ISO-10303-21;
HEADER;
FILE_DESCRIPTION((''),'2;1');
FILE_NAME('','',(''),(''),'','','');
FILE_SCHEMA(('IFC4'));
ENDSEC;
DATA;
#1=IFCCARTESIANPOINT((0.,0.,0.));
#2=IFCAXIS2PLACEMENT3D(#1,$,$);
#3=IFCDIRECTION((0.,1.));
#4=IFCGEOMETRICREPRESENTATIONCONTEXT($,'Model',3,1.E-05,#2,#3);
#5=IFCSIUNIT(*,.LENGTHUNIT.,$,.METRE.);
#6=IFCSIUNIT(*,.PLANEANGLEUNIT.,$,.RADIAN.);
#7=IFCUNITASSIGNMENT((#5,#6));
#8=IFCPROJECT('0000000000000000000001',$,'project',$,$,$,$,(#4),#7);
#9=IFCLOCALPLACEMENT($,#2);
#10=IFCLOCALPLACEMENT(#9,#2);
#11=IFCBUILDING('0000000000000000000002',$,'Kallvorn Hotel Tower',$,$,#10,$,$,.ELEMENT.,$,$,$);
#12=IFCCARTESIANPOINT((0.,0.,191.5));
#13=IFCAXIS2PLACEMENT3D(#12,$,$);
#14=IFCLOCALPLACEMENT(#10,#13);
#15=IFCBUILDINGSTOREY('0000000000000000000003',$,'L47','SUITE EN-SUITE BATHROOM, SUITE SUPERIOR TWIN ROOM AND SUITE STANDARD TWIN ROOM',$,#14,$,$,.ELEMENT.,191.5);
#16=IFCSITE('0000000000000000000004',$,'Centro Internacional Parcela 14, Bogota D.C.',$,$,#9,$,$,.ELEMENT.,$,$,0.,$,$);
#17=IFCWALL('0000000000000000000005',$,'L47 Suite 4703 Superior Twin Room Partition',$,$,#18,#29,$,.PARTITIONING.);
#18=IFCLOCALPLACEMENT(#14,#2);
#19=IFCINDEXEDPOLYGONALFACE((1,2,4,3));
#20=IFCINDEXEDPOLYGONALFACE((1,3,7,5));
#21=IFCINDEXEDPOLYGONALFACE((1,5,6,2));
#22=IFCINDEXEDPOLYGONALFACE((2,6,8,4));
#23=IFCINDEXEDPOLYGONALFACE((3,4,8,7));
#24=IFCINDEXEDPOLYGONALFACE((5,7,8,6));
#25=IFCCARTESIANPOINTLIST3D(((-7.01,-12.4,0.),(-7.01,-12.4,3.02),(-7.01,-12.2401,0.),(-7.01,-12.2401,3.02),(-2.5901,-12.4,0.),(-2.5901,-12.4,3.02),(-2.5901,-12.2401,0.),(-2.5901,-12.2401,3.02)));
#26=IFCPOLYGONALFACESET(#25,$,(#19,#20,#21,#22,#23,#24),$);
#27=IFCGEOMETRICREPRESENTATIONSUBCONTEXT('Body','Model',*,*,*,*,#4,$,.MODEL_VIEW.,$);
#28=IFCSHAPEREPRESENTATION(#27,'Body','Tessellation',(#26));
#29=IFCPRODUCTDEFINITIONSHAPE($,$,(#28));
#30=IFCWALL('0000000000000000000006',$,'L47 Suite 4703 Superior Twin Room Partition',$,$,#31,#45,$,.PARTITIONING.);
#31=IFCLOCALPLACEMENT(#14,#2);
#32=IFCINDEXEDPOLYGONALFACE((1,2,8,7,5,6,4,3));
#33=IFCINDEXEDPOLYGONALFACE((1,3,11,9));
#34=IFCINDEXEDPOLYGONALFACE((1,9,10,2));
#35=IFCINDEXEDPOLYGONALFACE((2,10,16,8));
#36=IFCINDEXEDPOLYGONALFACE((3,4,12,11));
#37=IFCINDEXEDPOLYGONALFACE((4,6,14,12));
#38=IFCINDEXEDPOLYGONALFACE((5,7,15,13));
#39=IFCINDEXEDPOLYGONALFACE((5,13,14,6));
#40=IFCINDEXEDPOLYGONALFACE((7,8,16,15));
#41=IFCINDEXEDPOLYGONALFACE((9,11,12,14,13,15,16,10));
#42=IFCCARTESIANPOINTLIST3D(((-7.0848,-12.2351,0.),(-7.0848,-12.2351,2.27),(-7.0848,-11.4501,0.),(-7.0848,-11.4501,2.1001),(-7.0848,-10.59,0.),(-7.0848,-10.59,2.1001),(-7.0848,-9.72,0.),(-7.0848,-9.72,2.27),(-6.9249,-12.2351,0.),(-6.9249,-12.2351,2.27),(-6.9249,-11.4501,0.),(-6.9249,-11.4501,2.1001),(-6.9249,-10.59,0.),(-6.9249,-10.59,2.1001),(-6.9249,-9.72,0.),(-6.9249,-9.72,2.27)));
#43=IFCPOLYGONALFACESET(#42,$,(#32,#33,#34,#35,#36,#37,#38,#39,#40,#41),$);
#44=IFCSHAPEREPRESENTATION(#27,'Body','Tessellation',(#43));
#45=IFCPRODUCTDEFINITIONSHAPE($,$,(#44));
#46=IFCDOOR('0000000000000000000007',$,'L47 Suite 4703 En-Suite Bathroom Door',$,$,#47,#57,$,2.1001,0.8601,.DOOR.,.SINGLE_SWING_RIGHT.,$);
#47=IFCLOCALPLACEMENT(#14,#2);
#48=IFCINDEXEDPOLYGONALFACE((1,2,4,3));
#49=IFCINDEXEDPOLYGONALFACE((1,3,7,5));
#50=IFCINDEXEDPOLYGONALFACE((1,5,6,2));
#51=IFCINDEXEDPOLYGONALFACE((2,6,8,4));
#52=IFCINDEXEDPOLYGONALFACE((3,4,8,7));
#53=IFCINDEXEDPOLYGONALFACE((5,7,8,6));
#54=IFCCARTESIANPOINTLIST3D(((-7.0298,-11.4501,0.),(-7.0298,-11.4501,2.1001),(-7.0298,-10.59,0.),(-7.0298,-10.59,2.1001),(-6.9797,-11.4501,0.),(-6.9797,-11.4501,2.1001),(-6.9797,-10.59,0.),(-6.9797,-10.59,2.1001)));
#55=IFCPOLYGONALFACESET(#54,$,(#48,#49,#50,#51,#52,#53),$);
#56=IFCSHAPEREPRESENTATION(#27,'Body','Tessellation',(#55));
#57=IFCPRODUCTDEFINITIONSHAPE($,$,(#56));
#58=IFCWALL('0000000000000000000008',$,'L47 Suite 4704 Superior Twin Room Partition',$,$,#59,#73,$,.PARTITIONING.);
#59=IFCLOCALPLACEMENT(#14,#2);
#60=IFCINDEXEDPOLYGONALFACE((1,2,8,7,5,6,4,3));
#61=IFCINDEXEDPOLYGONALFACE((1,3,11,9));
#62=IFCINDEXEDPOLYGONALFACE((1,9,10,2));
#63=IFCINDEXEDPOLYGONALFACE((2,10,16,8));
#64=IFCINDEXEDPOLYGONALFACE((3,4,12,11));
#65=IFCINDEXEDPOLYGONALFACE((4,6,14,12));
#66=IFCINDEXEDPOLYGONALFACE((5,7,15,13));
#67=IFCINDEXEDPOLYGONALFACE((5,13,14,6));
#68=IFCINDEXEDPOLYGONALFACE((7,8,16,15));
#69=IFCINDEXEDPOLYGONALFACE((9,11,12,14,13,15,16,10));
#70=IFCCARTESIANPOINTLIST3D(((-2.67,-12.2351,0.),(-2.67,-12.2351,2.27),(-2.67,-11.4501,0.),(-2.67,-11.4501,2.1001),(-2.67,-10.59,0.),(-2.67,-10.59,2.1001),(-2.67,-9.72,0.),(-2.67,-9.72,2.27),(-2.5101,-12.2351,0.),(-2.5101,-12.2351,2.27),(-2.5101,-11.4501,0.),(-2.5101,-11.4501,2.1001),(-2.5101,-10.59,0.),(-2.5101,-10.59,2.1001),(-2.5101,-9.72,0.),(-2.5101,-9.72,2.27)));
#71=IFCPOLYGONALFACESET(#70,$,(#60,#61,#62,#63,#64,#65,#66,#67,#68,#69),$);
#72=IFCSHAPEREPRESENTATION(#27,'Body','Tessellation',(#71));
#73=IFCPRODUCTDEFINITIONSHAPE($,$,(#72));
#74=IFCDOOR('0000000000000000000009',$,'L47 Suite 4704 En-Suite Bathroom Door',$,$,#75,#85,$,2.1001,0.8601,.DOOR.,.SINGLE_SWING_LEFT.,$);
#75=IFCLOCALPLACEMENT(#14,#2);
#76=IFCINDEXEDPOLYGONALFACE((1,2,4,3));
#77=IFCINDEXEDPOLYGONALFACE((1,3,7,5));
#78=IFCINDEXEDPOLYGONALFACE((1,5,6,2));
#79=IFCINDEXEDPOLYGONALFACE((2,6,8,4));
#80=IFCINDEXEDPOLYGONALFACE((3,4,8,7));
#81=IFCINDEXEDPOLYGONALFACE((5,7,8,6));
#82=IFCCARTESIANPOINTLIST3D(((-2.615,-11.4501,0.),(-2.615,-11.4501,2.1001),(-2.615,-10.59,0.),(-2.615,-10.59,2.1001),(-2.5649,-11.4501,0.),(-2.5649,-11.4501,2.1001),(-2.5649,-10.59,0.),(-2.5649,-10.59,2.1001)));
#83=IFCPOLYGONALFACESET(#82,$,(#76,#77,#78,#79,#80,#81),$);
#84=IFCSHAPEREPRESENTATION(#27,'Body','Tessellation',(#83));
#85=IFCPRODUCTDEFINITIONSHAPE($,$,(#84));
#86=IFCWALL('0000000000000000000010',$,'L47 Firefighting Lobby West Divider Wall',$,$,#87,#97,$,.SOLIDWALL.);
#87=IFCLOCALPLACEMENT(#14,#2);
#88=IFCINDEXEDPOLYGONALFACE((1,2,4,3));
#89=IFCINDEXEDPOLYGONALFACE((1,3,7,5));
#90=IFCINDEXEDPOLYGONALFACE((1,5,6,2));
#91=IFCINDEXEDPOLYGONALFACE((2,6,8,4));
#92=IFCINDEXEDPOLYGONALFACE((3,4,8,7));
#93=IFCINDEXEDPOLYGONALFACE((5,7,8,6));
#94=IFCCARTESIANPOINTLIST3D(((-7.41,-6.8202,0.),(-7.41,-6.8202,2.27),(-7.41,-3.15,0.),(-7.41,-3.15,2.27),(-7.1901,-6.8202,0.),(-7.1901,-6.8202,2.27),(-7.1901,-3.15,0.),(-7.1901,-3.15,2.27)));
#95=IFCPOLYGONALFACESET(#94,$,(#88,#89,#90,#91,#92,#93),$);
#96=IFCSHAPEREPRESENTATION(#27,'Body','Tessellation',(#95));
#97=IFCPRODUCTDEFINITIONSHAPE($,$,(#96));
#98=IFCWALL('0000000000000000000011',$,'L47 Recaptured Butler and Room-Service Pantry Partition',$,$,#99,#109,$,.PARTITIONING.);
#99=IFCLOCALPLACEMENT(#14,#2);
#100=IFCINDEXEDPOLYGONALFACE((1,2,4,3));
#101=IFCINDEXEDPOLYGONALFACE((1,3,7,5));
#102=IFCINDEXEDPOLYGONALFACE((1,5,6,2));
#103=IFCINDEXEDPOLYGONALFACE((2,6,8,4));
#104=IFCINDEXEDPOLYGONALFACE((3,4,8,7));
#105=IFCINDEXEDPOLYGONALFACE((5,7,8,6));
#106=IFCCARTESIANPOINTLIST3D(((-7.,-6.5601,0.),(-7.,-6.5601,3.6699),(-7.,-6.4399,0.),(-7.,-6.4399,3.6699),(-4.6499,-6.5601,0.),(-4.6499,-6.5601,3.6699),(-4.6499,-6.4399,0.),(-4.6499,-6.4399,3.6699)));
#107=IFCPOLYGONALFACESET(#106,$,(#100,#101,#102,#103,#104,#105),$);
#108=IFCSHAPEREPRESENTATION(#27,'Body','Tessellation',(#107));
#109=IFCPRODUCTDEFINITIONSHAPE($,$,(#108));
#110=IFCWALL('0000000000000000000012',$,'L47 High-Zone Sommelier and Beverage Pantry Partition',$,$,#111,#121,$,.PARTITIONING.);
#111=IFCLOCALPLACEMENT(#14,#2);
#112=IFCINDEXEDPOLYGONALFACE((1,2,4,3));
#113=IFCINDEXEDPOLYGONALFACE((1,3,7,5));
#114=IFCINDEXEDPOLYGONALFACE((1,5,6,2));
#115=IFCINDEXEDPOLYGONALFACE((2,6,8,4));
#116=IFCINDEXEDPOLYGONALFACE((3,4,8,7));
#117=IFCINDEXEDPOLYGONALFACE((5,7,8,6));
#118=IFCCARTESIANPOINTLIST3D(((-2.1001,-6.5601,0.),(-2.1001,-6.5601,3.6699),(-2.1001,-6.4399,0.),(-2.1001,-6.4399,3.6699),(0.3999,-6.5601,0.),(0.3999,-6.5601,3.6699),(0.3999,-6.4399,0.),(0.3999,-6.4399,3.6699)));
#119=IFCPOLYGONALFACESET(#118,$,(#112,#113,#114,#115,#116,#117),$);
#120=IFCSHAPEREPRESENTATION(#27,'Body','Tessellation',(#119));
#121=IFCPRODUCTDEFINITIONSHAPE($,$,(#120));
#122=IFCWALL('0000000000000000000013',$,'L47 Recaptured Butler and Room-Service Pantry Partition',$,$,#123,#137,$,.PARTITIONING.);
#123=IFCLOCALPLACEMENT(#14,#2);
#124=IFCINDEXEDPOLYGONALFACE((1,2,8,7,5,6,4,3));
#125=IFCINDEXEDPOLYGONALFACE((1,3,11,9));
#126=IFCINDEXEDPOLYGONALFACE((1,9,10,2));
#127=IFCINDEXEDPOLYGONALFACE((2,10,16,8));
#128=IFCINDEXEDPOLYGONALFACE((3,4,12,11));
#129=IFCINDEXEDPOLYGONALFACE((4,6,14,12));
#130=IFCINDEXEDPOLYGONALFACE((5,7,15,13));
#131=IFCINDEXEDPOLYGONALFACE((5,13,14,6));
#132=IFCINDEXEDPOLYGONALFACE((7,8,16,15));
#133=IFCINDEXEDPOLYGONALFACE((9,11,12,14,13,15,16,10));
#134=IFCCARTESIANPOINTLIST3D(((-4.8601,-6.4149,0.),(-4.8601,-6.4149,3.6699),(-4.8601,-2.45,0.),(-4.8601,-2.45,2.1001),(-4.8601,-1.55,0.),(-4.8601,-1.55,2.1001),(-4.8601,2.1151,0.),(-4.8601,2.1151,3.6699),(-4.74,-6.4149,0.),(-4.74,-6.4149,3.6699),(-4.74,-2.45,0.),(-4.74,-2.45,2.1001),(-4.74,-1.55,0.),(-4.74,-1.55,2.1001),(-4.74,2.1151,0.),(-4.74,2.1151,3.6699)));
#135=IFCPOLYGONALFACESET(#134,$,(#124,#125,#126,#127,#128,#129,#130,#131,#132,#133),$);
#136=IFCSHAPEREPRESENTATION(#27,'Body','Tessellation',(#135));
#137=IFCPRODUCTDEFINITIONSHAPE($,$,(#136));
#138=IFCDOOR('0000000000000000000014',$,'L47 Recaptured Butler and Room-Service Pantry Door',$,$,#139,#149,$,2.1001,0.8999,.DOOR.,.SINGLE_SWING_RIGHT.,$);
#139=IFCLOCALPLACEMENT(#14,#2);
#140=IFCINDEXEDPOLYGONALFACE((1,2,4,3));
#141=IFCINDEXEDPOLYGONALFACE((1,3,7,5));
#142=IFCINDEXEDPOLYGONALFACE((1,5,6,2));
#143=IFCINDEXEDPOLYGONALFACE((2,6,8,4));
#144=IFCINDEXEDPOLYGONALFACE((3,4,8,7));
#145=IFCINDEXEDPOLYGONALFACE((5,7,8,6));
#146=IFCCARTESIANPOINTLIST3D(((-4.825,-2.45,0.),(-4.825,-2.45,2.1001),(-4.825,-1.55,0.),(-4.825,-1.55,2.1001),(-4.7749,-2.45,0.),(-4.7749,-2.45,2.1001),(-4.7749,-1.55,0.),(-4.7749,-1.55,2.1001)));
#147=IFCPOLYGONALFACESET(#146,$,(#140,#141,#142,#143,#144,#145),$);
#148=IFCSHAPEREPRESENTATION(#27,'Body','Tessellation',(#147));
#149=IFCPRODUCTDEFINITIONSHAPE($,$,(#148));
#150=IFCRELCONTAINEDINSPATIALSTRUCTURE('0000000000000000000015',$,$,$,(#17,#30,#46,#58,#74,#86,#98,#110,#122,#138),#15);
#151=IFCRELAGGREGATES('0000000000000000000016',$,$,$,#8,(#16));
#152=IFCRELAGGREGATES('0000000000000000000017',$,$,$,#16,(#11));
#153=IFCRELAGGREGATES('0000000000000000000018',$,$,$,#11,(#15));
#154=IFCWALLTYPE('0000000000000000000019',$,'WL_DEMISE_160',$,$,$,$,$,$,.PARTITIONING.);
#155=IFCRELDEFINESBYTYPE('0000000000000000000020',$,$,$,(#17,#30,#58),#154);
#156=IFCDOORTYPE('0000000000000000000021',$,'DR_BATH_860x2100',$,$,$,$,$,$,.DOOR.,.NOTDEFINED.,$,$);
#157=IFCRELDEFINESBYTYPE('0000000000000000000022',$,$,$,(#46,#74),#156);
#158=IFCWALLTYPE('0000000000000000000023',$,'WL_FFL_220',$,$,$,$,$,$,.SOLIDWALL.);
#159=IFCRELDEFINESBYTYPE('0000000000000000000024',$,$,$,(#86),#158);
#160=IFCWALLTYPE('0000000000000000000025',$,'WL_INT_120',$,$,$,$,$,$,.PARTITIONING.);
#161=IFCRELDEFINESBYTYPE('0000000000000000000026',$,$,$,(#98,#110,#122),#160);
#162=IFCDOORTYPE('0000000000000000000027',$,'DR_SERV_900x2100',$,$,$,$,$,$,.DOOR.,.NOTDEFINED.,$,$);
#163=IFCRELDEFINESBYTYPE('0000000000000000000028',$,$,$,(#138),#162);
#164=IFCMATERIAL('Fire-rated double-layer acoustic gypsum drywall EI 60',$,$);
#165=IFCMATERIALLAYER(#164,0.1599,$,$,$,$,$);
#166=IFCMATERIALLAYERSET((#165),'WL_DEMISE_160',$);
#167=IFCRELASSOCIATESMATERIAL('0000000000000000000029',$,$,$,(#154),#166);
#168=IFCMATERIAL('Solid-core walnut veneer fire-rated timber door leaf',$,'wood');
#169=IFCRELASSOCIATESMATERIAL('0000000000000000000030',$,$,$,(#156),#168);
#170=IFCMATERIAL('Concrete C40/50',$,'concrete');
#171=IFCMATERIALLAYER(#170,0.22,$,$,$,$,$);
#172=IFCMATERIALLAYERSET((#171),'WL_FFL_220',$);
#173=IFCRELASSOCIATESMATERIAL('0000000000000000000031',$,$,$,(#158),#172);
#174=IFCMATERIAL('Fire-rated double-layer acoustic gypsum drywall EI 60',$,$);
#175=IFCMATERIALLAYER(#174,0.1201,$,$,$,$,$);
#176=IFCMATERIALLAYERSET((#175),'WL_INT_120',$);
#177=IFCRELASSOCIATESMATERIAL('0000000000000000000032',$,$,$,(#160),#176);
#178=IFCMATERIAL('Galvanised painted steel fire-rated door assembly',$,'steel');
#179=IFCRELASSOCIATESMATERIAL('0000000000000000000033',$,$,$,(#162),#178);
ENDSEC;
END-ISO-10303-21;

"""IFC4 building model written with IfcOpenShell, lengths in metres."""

from ifc_helpers import new_model, si_unit, direction, frame, frame_2d, origin, place, context, subcontext, project, spatial, rectangle, extrude, material, layer, layer_set, type_object, element, fill, save


model = new_model("IFC4")

# Units and contexts
model_context = context("Model", 3, precision=1e-05, world=origin(), true_north=direction((0.0, 1.0)))
body_context = subcontext(model_context, "Body", "Model", "MODEL_VIEW")
ifc_project = project(units=[si_unit("LENGTHUNIT", "METRE"), si_unit("PLANEANGLEUNIT", "RADIAN")], contexts=[model_context])

# Site, building, storey
site_placement = place(None, origin())
site = spatial("IfcSite", under=ifc_project, at=site_placement, Name="Centro Internacional Parcela 14, Bogota D.C.", CompositionType="ELEMENT", RefElevation=0.0)
building_placement = place(site_placement, origin())
building = spatial("IfcBuilding", under=site, at=building_placement, Name="Kallvorn Hotel Tower", CompositionType="ELEMENT")
storey_placement = place(building_placement, frame((0.0, 0.0, 191.5)))
storey = spatial("IfcBuildingStorey", under=building, at=storey_placement, Name="L47", Description="SUITE EN-SUITE BATHROOM, SUITE SUPERIOR TWIN ROOM AND SUITE STANDARD TWIN ROOM", CompositionType="ELEMENT", Elevation=191.5)

# Wall
ifc_material_1 = material(Name="Fire-rated double-layer acoustic gypsum drywall EI 60")
ifc_layer_1 = layer(ifc_material_1, 0.1599)
ifc_layer_set_1 = layer_set([ifc_layer_1], Name="WL_DEMISE_160")
wall_type_1 = type_object("IfcWallType", Name="WL_DEMISE_160", PredefinedType="PARTITIONING", material=ifc_layer_set_1)
wall_1_placement = place(storey_placement, frame((-7.01, -12.3201, 0.0), z_axis=(0.0, 0.0, 1.0), x_axis=(1.0, 0.0, 0.0)))
element("IfcWall", 1, at=wall_1_placement, inside=storey, type_object=wall_type_1, Name="L47 Suite 4703 Superior Twin Room Partition", PredefinedType="PARTITIONING", context=body_context, shape_type="SweptSolid", body=[
    extrude(rectangle(XDim=4.4199, YDim=0.1599, at=frame_2d((2.21, 0.0))), origin(), (0.0, 0.0, 1.0), 3.02),
])

# Walls, openings, doors
wall_2_placement = place(storey_placement, frame((-7.0049, -12.2351, 0.0), z_axis=(0.0, 0.0, 1.0), x_axis=(0.0, 1.0, 0.0)))
wall_2 = element("IfcWall", 2, at=wall_2_placement, inside=storey, type_object=wall_type_1, Name="L47 Suite 4703 Superior Twin Room Partition", PredefinedType="PARTITIONING", context=body_context, shape_type="SweptSolid", body=[
    extrude(rectangle(XDim=2.5151, YDim=0.1599, at=frame_2d((1.2576, 0.0))), origin(), (0.0, 0.0, 1.0), 2.27),
])
opening_1_placement = place(wall_2_placement, frame((0.7849, 0.0, 0.0)))
opening_1 = element("IfcOpeningElement", 3, at=opening_1_placement, cuts=wall_2, PredefinedType="OPENING", context=body_context, shape_type="SweptSolid", body=[
    extrude(rectangle(XDim=0.8601, YDim=2.1001, at=frame_2d((0.4302, 1.05))), frame((0.0, 0.095, 0.0), z_axis=(0.0, -1.0, 0.0), x_axis=(1.0, 0.0, 0.0)), (0.0, 0.0, 1.0), 0.1899),
])
ifc_material_2 = material(Name="Solid-core walnut veneer fire-rated timber door leaf", Category="wood")
door_type_1 = type_object("IfcDoorType", Name="DR_BATH_860x2100", OperationType="NOTDEFINED", PredefinedType="DOOR", material=ifc_material_2)
door_1_placement = place(opening_1_placement, origin())
door_1 = element("IfcDoor", 4, at=door_1_placement, inside=storey, type_object=door_type_1, Name="L47 Suite 4703 En-Suite Bathroom Door", OperationType="SINGLE_SWING_RIGHT", OverallHeight=2.1001, OverallWidth=0.8601, PredefinedType="DOOR", context=body_context, shape_type="SweptSolid", body=[
    extrude(rectangle(XDim=0.8601, YDim=2.1001, at=frame_2d((0.4302, 1.05))), frame((0.0, 0.0249, 0.0), z_axis=(0.0, -1.0, 0.0), x_axis=(1.0, 0.0, 0.0)), (0.0, 0.0, 1.0), 0.05),
])
fill(opening_1, door_1)
wall_3_placement = place(storey_placement, frame((-2.5901, -12.2351, 0.0), z_axis=(0.0, 0.0, 1.0), x_axis=(0.0, 1.0, 0.0)))
wall_3 = element("IfcWall", 5, at=wall_3_placement, inside=storey, type_object=wall_type_1, Name="L47 Suite 4704 Superior Twin Room Partition", PredefinedType="PARTITIONING", context=body_context, shape_type="SweptSolid", body=[
    extrude(rectangle(XDim=2.5151, YDim=0.1599, at=frame_2d((1.2576, 0.0))), origin(), (0.0, 0.0, 1.0), 2.27),
])
opening_2_placement = place(wall_3_placement, frame((0.7849, 0.0, 0.0)))
opening_2 = element("IfcOpeningElement", 6, at=opening_2_placement, cuts=wall_3, PredefinedType="OPENING", context=body_context, shape_type="SweptSolid", body=[
    extrude(rectangle(XDim=0.8601, YDim=2.1001, at=frame_2d((0.4302, 1.05))), frame((0.0, 0.095, 0.0), z_axis=(0.0, -1.0, 0.0), x_axis=(1.0, 0.0, 0.0)), (0.0, 0.0, 1.0), 0.1899),
])
door_2_placement = place(opening_2_placement, origin())
door_2 = element("IfcDoor", 7, at=door_2_placement, inside=storey, type_object=door_type_1, Name="L47 Suite 4704 En-Suite Bathroom Door", OperationType="SINGLE_SWING_LEFT", OverallHeight=2.1001, OverallWidth=0.8601, PredefinedType="DOOR", context=body_context, shape_type="SweptSolid", body=[
    extrude(rectangle(XDim=0.8601, YDim=2.1001, at=frame_2d((0.4302, 1.05))), frame((0.0, 0.0249, 0.0), z_axis=(0.0, -1.0, 0.0), x_axis=(1.0, 0.0, 0.0)), (0.0, 0.0, 1.0), 0.05),
])
fill(opening_2, door_2)

# Walls
ifc_material_3 = material(Name="Concrete C40/50", Category="concrete")
ifc_layer_2 = layer(ifc_material_3, 0.22)
ifc_layer_set_2 = layer_set([ifc_layer_2], Name="WL_FFL_220")
wall_type_2 = type_object("IfcWallType", Name="WL_FFL_220", PredefinedType="SOLIDWALL", material=ifc_layer_set_2)
wall_4_placement = place(storey_placement, frame((-7.3, -6.8201, 0.0), z_axis=(0.0, 0.0, 1.0), x_axis=(0.0, 1.0, 0.0)))
element("IfcWall", 8, at=wall_4_placement, inside=storey, type_object=wall_type_2, Name="L47 Firefighting Lobby West Divider Wall", PredefinedType="SOLIDWALL", context=body_context, shape_type="SweptSolid", body=[
    extrude(rectangle(XDim=3.6702, YDim=0.22, at=frame_2d((1.835, 0.0))), origin(), (0.0, 0.0, 1.0), 2.27),
])
ifc_material_4 = material(Name="Fire-rated double-layer acoustic gypsum drywall EI 60")
ifc_layer_3 = layer(ifc_material_4, 0.1201)
ifc_layer_set_3 = layer_set([ifc_layer_3], Name="WL_INT_120")
wall_type_3 = type_object("IfcWallType", Name="WL_INT_120", PredefinedType="PARTITIONING", material=ifc_layer_set_3)
wall_5_placement = place(storey_placement, frame((-7.0, -6.5, 0.0), z_axis=(0.0, 0.0, 1.0), x_axis=(1.0, 0.0, 0.0)))
element("IfcWall", 9, at=wall_5_placement, inside=storey, type_object=wall_type_3, Name="L47 Recaptured Butler and Room-Service Pantry Partition", PredefinedType="PARTITIONING", context=body_context, shape_type="SweptSolid", body=[
    extrude(rectangle(XDim=2.3501, YDim=0.1201, at=frame_2d((1.175, 0.0))), origin(), (0.0, 0.0, 1.0), 3.6699),
])
wall_6_placement = place(storey_placement, frame((-2.1001, -6.5, 0.0), z_axis=(0.0, 0.0, 1.0), x_axis=(1.0, 0.0, 0.0)))
element("IfcWall", 10, at=wall_6_placement, inside=storey, type_object=wall_type_3, Name="L47 High-Zone Sommelier and Beverage Pantry Partition", PredefinedType="PARTITIONING", context=body_context, shape_type="SweptSolid", body=[
    extrude(rectangle(XDim=2.5, YDim=0.1201, at=frame_2d((1.25, 0.0))), origin(), (0.0, 0.0, 1.0), 3.6699),
])

# Wall, opening, door
wall_7_placement = place(storey_placement, frame((-4.8, -6.415, 0.0), z_axis=(0.0, 0.0, 1.0), x_axis=(0.0, 1.0, 0.0)))
wall_7 = element("IfcWall", 11, at=wall_7_placement, inside=storey, type_object=wall_type_3, Name="L47 Recaptured Butler and Room-Service Pantry Partition", PredefinedType="PARTITIONING", context=body_context, shape_type="SweptSolid", body=[
    extrude(rectangle(XDim=8.53, YDim=0.1201, at=frame_2d((4.2651, 0.0))), origin(), (0.0, 0.0, 1.0), 3.6699),
])
opening_3_placement = place(wall_7_placement, frame((3.9651, 0.0, 0.0)))
opening_3 = element("IfcOpeningElement", 12, at=opening_3_placement, cuts=wall_7, PredefinedType="OPENING", context=body_context, shape_type="SweptSolid", body=[
    extrude(rectangle(XDim=0.8999, YDim=2.1001, at=frame_2d((0.45, 1.05))), frame((0.0, 0.075, 0.0), z_axis=(0.0, -1.0, 0.0), x_axis=(1.0, 0.0, 0.0)), (0.0, 0.0, 1.0), 0.1501),
])
ifc_material_5 = material(Name="Galvanised painted steel fire-rated door assembly", Category="steel")
door_type_2 = type_object("IfcDoorType", Name="DR_SERV_900x2100", OperationType="NOTDEFINED", PredefinedType="DOOR", material=ifc_material_5)
door_3_placement = place(opening_3_placement, origin())
door_3 = element("IfcDoor", 13, at=door_3_placement, inside=storey, type_object=door_type_2, Name="L47 Recaptured Butler and Room-Service Pantry Door", OperationType="SINGLE_SWING_RIGHT", OverallHeight=2.1001, OverallWidth=0.8999, PredefinedType="DOOR", context=body_context, shape_type="SweptSolid", body=[
    extrude(rectangle(XDim=0.8999, YDim=2.1001, at=frame_2d((0.45, 1.05))), frame((0.0, 0.0249, 0.0), z_axis=(0.0, -1.0, 0.0), x_axis=(1.0, 0.0, 0.0)), (0.0, 0.0, 1.0), 0.05),
])
fill(opening_3, door_3)

save(model, "model.ifc")
